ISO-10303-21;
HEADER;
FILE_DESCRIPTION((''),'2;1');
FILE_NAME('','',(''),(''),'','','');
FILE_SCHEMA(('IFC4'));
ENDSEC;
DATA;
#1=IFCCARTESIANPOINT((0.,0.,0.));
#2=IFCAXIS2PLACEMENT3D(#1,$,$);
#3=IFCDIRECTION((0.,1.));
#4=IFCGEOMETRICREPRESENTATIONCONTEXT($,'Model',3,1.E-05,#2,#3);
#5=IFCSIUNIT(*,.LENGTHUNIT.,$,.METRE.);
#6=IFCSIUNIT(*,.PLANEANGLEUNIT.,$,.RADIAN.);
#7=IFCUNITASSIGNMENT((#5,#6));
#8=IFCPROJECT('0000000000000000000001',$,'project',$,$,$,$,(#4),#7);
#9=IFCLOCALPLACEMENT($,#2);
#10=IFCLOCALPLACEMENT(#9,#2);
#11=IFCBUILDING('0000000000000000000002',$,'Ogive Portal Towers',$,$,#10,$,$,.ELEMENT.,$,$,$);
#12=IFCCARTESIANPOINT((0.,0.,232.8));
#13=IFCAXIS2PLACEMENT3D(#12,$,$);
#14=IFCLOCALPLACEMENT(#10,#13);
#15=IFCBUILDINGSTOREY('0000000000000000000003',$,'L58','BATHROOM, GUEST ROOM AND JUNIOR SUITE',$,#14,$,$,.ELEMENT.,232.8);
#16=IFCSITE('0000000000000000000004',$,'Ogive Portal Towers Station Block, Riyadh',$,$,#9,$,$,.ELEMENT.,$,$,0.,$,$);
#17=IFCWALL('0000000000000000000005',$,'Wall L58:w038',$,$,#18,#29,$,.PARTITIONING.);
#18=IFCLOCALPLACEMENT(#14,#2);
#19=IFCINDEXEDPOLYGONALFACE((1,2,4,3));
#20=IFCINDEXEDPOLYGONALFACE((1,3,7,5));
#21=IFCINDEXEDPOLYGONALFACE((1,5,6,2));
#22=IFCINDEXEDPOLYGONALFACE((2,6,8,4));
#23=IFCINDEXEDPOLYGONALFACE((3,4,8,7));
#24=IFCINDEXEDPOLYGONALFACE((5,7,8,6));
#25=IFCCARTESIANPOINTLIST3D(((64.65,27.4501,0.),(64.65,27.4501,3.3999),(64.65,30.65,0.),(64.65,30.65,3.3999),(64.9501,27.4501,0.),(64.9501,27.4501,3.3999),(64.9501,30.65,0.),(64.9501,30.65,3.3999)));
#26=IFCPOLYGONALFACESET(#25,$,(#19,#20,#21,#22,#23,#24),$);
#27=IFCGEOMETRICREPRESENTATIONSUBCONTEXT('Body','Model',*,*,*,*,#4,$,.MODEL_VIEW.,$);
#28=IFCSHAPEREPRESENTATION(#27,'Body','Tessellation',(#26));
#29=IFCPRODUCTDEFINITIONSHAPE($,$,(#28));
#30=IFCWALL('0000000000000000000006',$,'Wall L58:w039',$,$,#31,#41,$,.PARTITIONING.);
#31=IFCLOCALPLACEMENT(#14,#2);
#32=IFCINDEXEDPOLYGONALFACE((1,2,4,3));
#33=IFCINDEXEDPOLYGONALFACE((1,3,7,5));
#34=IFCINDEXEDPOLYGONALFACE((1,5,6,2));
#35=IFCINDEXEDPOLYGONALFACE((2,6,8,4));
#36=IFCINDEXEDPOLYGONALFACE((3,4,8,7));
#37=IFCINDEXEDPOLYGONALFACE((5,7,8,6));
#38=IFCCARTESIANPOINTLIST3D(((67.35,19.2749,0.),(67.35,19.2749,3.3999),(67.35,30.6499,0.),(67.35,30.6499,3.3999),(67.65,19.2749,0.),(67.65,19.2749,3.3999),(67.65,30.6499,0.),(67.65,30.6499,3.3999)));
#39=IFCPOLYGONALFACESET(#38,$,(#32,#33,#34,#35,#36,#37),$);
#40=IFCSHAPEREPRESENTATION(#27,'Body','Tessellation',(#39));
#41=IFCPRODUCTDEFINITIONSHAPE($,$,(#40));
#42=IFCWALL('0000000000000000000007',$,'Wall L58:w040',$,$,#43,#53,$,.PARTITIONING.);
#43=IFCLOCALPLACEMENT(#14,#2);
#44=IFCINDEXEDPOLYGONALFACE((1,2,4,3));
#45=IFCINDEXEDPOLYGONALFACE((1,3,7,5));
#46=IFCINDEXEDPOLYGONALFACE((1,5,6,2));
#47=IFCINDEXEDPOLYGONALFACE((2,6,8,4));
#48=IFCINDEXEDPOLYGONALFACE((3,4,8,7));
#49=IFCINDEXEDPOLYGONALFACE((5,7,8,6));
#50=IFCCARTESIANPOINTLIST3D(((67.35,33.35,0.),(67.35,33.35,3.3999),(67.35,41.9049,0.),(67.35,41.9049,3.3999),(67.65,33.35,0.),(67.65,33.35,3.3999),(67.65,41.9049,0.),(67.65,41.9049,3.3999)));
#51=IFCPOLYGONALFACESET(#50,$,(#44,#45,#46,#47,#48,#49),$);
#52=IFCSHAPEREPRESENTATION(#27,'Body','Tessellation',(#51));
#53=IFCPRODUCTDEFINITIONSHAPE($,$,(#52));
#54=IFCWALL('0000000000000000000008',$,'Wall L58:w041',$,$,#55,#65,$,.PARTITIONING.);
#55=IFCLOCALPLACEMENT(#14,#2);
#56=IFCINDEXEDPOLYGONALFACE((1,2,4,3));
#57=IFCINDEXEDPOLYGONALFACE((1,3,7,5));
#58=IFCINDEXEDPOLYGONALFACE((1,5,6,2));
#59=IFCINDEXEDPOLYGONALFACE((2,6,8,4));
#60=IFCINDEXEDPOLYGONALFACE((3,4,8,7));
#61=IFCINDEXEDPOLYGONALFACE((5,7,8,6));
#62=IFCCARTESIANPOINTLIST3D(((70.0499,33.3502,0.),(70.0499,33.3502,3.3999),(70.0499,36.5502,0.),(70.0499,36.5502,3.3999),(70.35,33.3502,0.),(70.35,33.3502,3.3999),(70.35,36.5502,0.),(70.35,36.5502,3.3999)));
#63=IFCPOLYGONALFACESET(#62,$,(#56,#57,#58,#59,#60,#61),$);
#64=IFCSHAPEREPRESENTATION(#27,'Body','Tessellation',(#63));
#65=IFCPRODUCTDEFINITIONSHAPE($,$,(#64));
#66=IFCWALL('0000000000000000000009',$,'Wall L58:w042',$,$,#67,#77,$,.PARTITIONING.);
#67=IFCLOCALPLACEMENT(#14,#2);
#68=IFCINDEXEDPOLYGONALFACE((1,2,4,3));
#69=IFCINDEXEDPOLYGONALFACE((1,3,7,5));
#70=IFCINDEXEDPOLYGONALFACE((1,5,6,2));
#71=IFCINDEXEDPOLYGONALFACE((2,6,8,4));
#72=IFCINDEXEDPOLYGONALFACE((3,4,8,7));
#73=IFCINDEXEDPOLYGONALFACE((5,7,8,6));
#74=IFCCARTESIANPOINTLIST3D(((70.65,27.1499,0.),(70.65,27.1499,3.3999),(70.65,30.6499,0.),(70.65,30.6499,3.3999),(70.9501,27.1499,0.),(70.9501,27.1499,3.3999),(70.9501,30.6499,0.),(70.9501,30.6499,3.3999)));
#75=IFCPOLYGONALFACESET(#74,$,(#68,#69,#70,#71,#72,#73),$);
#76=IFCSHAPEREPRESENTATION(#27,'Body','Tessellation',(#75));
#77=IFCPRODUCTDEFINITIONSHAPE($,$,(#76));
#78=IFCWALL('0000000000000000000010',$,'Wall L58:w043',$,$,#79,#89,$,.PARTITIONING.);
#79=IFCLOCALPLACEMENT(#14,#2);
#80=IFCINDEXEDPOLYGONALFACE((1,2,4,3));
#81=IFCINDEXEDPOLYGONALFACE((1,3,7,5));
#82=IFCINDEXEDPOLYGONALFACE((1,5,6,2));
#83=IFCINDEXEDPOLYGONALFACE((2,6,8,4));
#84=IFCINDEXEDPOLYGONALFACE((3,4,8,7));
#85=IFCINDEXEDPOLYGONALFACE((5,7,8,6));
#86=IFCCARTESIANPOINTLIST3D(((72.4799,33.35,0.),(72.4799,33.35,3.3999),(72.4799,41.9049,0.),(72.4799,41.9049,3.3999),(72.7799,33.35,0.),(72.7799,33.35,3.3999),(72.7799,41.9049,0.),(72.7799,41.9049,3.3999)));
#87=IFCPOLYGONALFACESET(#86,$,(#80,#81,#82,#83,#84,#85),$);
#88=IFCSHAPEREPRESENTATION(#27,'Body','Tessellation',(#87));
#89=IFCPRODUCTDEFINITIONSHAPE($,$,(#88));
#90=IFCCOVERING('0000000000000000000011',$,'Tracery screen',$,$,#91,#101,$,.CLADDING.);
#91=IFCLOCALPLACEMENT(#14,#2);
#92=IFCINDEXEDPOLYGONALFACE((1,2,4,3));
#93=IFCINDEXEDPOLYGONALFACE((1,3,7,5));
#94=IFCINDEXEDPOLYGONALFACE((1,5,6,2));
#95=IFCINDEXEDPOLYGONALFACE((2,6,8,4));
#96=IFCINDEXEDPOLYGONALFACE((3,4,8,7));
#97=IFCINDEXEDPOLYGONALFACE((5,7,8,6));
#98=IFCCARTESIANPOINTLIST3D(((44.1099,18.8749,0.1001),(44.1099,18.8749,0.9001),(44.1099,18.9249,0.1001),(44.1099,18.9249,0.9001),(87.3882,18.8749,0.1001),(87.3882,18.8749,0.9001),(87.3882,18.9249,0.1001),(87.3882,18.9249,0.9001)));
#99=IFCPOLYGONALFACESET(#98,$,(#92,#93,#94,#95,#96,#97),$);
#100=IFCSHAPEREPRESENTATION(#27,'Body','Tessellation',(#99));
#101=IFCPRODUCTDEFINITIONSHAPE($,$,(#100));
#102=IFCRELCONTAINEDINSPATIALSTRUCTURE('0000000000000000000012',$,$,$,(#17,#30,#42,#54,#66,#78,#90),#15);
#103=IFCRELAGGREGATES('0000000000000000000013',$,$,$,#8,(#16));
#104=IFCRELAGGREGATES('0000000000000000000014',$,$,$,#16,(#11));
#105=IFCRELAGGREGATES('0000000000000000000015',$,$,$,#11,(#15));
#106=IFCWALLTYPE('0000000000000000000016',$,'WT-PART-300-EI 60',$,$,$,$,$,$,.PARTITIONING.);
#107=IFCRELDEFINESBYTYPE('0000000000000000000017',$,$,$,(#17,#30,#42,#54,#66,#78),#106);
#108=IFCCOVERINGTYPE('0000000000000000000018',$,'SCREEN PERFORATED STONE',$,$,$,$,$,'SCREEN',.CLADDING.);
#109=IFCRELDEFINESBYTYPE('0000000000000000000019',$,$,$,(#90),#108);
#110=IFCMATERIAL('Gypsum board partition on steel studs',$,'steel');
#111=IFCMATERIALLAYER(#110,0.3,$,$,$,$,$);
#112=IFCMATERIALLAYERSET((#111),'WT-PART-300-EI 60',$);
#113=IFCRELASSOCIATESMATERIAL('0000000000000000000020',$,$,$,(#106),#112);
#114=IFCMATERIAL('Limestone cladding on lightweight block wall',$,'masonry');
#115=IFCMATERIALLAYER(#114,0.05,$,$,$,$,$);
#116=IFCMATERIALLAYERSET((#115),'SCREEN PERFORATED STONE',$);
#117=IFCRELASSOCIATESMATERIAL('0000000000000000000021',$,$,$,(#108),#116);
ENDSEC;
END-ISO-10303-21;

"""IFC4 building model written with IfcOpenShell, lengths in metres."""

from ifc_helpers import new_model, si_unit, direction, frame, frame_2d, origin, origin_2d, place, context, subcontext, project, spatial, rectangle, extrude, material, layer, layer_set, type_object, element, save


model = new_model("IFC4")

# Units and contexts
model_context = context("Model", 3, precision=1e-05, world=origin(), true_north=direction((0.0, 1.0)))
body_context = subcontext(model_context, "Body", "Model", "MODEL_VIEW")
ifc_project = project(units=[si_unit("LENGTHUNIT", "METRE"), si_unit("PLANEANGLEUNIT", "RADIAN")], contexts=[model_context])

# Site, building, storey
site_placement = place(None, origin())
site = spatial("IfcSite", under=ifc_project, at=site_placement, Name="Ogive Portal Towers Station Block, Riyadh", CompositionType="ELEMENT", RefElevation=0.0)
building_placement = place(site_placement, origin())
building = spatial("IfcBuilding", under=site, at=building_placement, Name="Ogive Portal Towers", CompositionType="ELEMENT")
storey_placement = place(building_placement, frame((0.0, 0.0, 232.8)))
storey = spatial("IfcBuildingStorey", under=building, at=storey_placement, Name="L58", Description="BATHROOM, GUEST ROOM AND JUNIOR SUITE", CompositionType="ELEMENT", Elevation=232.8)

# Shared definitions
ifc_material_1 = material(Name="Gypsum board partition on steel studs", Category="steel")
ifc_layer_1 = layer(ifc_material_1, 0.3)
ifc_layer_set_1 = layer_set([ifc_layer_1], Name="WT-PART-300-EI 60")
wall_type = type_object("IfcWallType", Name="WT-PART-300-EI 60", PredefinedType="PARTITIONING", material=ifc_layer_set_1)

# Walls
wall_1_placement = place(storey_placement, frame((64.8, 27.45, 0.0), z_axis=(0.0, 0.0, 1.0), x_axis=(0.0, 1.0, 0.0)))
element("IfcWall", 1, at=wall_1_placement, inside=storey, type_object=wall_type, Name="Wall L58:w038", PredefinedType="PARTITIONING", context=body_context, shape_type="SweptSolid", body=[
    extrude(rectangle(XDim=3.2, YDim=0.3, at=frame_2d((1.6001, 0.0))), origin(), (0.0, 0.0, 1.0), 3.3999),
])
wall_2_placement = place(storey_placement, frame((67.5, 19.2749, 0.0), z_axis=(0.0, 0.0, 1.0), x_axis=(0.0, 1.0, 0.0)))
element("IfcWall", 2, at=wall_2_placement, inside=storey, type_object=wall_type, Name="Wall L58:w039", PredefinedType="PARTITIONING", context=body_context, shape_type="SweptSolid", body=[
    extrude(rectangle(XDim=11.375, YDim=0.3, at=frame_2d((5.6875, 0.0))), origin(), (0.0, 0.0, 1.0), 3.3999),
])
wall_3_placement = place(storey_placement, frame((67.5, 33.3501, 0.0), z_axis=(0.0, 0.0, 1.0), x_axis=(0.0, 1.0, 0.0)))
element("IfcWall", 3, at=wall_3_placement, inside=storey, type_object=wall_type, Name="Wall L58:w040", PredefinedType="PARTITIONING", context=body_context, shape_type="SweptSolid", body=[
    extrude(rectangle(XDim=8.5549, YDim=0.3, at=frame_2d((4.2773, 0.0))), origin(), (0.0, 0.0, 1.0), 3.3999),
])
wall_4_placement = place(storey_placement, frame((70.2, 33.3501, 0.0), z_axis=(0.0, 0.0, 1.0), x_axis=(0.0, 1.0, 0.0)))
element("IfcWall", 4, at=wall_4_placement, inside=storey, type_object=wall_type, Name="Wall L58:w041", PredefinedType="PARTITIONING", context=body_context, shape_type="SweptSolid", body=[
    extrude(rectangle(XDim=3.2, YDim=0.3, at=frame_2d((1.6001, 0.0))), origin(), (0.0, 0.0, 1.0), 3.3999),
])
wall_5_placement = place(storey_placement, frame((70.8, 27.1499, 0.0), z_axis=(0.0, 0.0, 1.0), x_axis=(0.0, 1.0, 0.0)))
element("IfcWall", 5, at=wall_5_placement, inside=storey, type_object=wall_type, Name="Wall L58:w042", PredefinedType="PARTITIONING", context=body_context, shape_type="SweptSolid", body=[
    extrude(rectangle(XDim=3.5, YDim=0.3, at=frame_2d((1.75, 0.0))), origin(), (0.0, 0.0, 1.0), 3.3999),
])
wall_6_placement = place(storey_placement, frame((72.6299, 33.3501, 0.0), z_axis=(0.0, 0.0, 1.0), x_axis=(0.0, 1.0, 0.0)))
element("IfcWall", 6, at=wall_6_placement, inside=storey, type_object=wall_type, Name="Wall L58:w043", PredefinedType="PARTITIONING", context=body_context, shape_type="SweptSolid", body=[
    extrude(rectangle(XDim=8.5549, YDim=0.3, at=frame_2d((4.2773, 0.0))), origin(), (0.0, 0.0, 1.0), 3.3999),
])

# Covering
ifc_material_2 = material(Name="Limestone cladding on lightweight block wall", Category="masonry")
ifc_layer_2 = layer(ifc_material_2, 0.05)
ifc_layer_set_2 = layer_set([ifc_layer_2], Name="SCREEN PERFORATED STONE")
covering_type = type_object("IfcCoveringType", Name="SCREEN PERFORATED STONE", ElementType="SCREEN", PredefinedType="CLADDING", material=ifc_layer_set_2)
covering_placement = place(storey_placement, frame((65.749, 18.8999, 0.1001), z_axis=(0.0, 0.0, 1.0), x_axis=(1.0, 0.0, 0.0)))
element("IfcCovering", 7, at=covering_placement, inside=storey, type_object=covering_type, Name="Tracery screen", PredefinedType="CLADDING", context=body_context, shape_type="SweptSolid", body=[
    extrude(rectangle(XDim=43.2783, YDim=0.05, at=origin_2d()), origin(), (0.0, 0.0, 1.0), 0.8),
])

save(model, "model.ifc")
